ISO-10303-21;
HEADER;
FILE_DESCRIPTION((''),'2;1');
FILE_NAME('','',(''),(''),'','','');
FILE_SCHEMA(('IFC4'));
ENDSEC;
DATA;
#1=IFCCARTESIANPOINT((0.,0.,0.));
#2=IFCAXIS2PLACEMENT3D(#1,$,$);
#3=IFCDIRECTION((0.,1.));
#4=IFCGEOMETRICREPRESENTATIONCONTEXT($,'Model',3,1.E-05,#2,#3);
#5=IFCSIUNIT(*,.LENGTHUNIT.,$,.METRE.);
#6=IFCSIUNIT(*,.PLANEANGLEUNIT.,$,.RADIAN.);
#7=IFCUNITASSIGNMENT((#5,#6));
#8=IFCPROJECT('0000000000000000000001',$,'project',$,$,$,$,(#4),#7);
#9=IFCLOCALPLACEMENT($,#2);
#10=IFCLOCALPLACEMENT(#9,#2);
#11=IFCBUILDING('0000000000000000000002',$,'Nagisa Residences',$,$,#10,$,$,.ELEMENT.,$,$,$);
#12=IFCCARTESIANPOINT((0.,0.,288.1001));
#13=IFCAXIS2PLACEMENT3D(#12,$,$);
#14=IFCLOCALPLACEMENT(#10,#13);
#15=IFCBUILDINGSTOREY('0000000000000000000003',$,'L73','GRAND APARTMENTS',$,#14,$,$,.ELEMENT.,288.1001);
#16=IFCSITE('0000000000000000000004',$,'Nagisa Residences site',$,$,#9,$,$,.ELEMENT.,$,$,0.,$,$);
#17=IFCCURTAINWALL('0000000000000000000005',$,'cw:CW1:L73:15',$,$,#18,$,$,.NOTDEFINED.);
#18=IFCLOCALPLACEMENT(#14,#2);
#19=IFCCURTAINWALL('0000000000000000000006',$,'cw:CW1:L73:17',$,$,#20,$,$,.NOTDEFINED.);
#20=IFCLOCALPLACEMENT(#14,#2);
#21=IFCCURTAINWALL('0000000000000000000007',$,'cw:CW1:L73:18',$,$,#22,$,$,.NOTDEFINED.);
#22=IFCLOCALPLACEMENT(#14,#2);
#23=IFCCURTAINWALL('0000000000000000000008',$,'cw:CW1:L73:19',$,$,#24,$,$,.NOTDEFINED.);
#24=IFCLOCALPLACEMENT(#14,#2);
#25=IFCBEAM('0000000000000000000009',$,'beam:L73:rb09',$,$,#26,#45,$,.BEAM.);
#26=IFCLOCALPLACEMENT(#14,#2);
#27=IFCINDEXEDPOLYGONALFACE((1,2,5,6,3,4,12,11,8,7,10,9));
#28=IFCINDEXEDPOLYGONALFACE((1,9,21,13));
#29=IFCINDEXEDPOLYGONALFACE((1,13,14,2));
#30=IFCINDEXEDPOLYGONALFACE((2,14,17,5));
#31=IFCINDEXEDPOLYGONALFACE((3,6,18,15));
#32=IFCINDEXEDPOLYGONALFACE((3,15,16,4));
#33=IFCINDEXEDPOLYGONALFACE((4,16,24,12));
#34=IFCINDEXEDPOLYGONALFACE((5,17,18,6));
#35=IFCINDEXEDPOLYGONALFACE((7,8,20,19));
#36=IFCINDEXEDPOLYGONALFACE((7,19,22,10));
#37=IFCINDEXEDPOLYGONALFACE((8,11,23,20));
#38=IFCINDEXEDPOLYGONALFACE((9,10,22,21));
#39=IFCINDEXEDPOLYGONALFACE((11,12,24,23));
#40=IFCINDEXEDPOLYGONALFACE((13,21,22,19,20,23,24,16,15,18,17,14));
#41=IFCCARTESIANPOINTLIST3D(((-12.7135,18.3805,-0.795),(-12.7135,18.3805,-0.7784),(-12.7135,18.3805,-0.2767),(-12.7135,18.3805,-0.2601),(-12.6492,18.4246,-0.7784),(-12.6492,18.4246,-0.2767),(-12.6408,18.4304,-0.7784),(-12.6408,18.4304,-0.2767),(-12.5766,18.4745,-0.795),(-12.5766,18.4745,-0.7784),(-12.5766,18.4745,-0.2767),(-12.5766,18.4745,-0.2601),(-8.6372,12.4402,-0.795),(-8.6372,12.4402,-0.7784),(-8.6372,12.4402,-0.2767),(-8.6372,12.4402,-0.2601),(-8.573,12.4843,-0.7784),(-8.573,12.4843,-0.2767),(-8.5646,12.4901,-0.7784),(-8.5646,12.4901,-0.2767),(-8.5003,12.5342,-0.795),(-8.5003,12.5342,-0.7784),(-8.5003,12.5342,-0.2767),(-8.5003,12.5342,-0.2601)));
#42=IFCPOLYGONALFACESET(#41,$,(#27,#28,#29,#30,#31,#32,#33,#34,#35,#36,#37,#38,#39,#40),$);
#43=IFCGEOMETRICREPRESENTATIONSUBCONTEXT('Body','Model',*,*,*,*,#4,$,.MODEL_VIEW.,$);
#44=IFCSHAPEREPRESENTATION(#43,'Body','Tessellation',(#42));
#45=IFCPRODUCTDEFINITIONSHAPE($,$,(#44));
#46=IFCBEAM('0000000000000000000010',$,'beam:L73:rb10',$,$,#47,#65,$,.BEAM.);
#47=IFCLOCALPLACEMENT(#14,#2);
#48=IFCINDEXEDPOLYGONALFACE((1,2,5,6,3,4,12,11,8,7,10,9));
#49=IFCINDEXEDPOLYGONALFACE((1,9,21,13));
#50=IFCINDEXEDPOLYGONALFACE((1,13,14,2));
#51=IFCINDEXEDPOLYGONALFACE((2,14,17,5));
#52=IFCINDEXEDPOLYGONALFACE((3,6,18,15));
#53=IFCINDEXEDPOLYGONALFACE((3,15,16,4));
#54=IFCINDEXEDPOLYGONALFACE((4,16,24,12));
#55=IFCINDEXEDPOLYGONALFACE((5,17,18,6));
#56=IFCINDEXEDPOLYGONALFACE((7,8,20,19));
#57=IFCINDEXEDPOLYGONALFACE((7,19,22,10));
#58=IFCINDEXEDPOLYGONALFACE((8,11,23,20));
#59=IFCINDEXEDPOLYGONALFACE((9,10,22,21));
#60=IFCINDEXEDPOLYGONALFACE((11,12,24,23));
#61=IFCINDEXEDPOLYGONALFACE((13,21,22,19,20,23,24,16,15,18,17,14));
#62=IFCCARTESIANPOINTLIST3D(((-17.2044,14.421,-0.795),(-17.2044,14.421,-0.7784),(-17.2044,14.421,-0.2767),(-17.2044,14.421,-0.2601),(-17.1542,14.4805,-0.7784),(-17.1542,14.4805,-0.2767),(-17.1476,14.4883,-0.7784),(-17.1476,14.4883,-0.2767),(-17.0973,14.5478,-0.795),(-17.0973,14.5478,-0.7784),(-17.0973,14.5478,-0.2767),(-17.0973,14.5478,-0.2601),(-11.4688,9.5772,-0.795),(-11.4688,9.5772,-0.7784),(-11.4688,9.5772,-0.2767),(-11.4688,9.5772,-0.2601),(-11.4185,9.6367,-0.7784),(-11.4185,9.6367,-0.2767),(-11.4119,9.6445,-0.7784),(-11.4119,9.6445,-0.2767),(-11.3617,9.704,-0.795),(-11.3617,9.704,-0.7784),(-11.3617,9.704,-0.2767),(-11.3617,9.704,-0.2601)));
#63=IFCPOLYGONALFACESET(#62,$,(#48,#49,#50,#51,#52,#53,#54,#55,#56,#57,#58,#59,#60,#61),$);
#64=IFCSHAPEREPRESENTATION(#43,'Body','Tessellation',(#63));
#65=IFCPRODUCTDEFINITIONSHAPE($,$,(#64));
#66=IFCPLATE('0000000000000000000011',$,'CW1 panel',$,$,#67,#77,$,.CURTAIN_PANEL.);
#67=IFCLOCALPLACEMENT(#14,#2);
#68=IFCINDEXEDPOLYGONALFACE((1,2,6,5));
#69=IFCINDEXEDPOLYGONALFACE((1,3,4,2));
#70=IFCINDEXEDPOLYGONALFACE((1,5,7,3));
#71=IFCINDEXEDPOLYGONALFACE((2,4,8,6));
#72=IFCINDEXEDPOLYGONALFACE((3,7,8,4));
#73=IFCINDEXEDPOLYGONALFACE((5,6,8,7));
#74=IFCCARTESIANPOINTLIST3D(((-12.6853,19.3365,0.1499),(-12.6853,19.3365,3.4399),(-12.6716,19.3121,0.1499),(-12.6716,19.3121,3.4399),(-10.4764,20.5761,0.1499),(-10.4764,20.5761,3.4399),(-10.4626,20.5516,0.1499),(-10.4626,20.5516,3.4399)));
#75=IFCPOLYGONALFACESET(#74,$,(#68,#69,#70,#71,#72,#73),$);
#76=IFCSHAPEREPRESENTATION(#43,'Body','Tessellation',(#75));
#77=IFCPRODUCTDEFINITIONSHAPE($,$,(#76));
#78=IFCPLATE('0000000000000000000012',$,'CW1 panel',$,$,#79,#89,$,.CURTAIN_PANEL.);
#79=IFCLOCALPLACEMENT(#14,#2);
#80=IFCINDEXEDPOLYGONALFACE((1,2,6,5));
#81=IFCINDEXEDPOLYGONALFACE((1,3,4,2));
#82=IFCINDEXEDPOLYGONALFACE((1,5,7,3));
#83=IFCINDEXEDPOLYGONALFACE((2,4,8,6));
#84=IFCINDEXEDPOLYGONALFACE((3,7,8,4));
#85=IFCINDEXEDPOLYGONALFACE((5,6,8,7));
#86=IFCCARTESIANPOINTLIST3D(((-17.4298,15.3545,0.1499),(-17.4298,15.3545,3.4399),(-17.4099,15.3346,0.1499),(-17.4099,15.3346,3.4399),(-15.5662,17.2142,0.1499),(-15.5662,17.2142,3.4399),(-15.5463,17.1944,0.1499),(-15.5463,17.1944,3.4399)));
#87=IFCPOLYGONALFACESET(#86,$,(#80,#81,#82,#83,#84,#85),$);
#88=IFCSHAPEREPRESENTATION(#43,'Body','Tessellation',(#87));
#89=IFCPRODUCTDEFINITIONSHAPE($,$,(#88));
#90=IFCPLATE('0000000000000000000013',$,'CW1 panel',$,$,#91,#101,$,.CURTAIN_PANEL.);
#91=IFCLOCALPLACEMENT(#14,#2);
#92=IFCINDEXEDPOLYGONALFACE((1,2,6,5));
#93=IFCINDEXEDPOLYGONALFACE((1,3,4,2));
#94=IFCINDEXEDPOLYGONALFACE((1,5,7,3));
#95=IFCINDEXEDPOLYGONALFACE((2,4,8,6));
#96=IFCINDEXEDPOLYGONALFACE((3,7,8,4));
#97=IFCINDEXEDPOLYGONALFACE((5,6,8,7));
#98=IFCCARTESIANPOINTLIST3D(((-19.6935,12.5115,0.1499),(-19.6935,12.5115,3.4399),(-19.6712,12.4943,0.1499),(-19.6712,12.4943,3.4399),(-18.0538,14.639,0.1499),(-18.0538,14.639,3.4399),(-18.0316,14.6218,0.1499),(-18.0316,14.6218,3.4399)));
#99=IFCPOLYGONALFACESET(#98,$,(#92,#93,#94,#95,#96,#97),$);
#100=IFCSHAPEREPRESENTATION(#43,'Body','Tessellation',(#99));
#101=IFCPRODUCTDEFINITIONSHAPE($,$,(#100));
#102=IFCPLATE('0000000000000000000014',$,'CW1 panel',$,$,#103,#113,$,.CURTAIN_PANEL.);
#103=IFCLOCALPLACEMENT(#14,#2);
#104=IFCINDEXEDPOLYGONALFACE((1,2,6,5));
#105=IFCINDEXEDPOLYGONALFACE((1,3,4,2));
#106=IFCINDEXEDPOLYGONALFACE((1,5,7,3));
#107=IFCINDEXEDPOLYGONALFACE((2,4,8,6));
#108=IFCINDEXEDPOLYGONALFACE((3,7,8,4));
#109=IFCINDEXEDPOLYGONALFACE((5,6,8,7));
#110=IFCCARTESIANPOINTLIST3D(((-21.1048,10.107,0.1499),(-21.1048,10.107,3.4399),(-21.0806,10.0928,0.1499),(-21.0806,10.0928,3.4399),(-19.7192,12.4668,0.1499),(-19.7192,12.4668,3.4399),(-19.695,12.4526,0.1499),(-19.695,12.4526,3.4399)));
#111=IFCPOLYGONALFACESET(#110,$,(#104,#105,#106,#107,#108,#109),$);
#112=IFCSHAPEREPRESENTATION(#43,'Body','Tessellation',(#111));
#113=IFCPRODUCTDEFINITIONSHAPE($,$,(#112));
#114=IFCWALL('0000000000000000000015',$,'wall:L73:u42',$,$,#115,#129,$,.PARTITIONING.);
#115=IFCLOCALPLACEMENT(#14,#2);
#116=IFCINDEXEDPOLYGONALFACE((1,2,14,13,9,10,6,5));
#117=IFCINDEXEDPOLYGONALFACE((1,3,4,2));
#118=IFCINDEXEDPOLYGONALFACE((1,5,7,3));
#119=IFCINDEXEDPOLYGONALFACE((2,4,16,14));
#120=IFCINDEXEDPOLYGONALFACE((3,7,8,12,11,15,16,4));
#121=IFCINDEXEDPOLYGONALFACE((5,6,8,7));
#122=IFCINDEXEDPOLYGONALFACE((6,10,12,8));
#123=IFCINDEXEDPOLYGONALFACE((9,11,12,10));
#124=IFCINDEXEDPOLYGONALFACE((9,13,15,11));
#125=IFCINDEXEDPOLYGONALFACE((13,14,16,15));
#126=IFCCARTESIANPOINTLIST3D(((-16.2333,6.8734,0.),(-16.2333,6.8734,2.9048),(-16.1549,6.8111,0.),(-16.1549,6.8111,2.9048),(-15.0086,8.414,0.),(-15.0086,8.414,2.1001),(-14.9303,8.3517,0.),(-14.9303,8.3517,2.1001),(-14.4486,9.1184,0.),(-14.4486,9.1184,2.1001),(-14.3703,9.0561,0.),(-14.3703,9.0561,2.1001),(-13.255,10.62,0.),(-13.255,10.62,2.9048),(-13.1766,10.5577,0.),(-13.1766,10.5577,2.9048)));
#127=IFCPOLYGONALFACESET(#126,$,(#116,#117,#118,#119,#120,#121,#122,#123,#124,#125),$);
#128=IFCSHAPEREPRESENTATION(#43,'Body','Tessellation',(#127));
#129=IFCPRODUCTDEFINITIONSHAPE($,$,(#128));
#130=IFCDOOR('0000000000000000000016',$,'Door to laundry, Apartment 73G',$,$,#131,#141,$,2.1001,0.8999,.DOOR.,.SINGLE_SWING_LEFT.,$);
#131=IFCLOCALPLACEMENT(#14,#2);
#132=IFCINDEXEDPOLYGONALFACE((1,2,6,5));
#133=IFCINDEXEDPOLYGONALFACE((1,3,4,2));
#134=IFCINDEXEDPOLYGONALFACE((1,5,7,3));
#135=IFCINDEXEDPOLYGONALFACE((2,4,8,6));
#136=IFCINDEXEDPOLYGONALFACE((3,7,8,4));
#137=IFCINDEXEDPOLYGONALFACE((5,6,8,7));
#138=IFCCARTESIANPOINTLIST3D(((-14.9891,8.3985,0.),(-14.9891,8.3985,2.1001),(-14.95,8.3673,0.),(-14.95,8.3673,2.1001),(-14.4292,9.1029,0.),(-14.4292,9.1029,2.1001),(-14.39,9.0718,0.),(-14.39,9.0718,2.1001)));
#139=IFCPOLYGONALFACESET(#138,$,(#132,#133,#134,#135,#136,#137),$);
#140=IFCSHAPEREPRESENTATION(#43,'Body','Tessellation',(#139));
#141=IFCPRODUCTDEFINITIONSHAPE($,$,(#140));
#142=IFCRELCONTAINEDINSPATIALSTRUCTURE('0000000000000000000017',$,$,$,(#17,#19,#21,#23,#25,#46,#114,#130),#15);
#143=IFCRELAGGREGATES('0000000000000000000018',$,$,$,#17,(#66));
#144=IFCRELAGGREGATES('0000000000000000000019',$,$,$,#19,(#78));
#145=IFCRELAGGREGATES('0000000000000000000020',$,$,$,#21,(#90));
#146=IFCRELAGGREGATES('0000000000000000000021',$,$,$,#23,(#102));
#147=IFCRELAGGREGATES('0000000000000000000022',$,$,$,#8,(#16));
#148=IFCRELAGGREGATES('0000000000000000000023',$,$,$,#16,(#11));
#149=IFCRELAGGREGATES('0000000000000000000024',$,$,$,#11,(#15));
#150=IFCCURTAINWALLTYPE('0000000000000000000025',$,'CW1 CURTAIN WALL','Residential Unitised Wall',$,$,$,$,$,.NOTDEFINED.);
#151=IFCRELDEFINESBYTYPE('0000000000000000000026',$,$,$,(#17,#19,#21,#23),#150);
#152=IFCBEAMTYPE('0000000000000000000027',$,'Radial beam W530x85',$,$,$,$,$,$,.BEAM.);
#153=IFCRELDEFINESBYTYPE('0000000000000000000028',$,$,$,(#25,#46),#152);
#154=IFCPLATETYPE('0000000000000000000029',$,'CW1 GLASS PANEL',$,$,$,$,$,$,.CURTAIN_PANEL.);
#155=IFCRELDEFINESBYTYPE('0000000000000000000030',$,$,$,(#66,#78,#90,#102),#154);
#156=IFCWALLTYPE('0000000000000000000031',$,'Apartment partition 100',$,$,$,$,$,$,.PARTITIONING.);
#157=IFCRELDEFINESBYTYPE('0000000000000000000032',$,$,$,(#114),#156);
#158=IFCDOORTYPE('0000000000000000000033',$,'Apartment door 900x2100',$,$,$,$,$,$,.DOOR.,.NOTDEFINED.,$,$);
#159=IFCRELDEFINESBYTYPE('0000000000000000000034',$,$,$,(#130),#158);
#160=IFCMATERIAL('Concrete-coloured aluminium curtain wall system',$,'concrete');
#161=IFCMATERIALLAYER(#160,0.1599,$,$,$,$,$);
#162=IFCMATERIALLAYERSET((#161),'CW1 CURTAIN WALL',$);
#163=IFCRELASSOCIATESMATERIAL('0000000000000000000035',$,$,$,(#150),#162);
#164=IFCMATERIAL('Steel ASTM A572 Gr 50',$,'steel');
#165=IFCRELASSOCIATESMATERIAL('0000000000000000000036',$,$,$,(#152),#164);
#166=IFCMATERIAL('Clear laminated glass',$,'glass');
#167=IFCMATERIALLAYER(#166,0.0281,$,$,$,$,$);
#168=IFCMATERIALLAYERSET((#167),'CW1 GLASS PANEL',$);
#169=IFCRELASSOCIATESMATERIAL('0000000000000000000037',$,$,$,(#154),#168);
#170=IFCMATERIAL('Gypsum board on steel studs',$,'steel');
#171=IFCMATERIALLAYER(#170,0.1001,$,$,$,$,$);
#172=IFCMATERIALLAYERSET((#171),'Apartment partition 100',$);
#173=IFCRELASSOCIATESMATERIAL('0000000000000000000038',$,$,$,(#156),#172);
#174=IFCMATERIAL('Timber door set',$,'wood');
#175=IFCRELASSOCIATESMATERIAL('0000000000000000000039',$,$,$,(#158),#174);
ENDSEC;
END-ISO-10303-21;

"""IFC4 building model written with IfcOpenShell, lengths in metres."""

from ifc_helpers import new_model, si_unit, direction, frame, frame_2d, origin, origin_2d, place, context, subcontext, project, spatial, rectangle, i_section, extrude, material, layer, layer_set, material_profile, profile_set, type_object, element, fill, aggregate, save


model = new_model("IFC4")

# Units and contexts
model_context = context("Model", 3, precision=1e-05, world=origin(), true_north=direction((0.0, 1.0)))
body_context = subcontext(model_context, "Body", "Model", "MODEL_VIEW")
ifc_project = project(units=[si_unit("LENGTHUNIT", "METRE"), si_unit("PLANEANGLEUNIT", "RADIAN")], contexts=[model_context])

# Site, building, storey
site_placement = place(None, origin())
site = spatial("IfcSite", under=ifc_project, at=site_placement, Name="Nagisa Residences site", CompositionType="ELEMENT", RefElevation=0.0)
building_placement = place(site_placement, origin())
building = spatial("IfcBuilding", under=site, at=building_placement, Name="Nagisa Residences", CompositionType="ELEMENT")
storey_placement = place(building_placement, frame((0.0, 0.0, 288.1001)))
storey = spatial("IfcBuildingStorey", under=building, at=storey_placement, Name="L73", Description="GRAND APARTMENTS", CompositionType="ELEMENT", Elevation=288.1001)

# Curtain walls
ifc_material_1 = material(Name="Concrete-coloured aluminium curtain wall system", Category="concrete")
ifc_layer_1 = layer(ifc_material_1, 0.1599)
ifc_layer_set_1 = layer_set([ifc_layer_1], Name="CW1 CURTAIN WALL")
curtain_wall_type = type_object("IfcCurtainWallType", Name="CW1 CURTAIN WALL", Description="Residential Unitised Wall", PredefinedType="NOTDEFINED", material=ifc_layer_set_1)
curtain_wall_1_placement = place(storey_placement, origin())
curtain_wall_1 = element("IfcCurtainWall", 1, at=curtain_wall_1_placement, inside=storey, type_object=curtain_wall_type, Name="cw:CW1:L73:15", PredefinedType="NOTDEFINED")
curtain_wall_2_placement = place(storey_placement, origin())
curtain_wall_2 = element("IfcCurtainWall", 2, at=curtain_wall_2_placement, inside=storey, type_object=curtain_wall_type, Name="cw:CW1:L73:17", PredefinedType="NOTDEFINED")
curtain_wall_3_placement = place(storey_placement, origin())
curtain_wall_3 = element("IfcCurtainWall", 3, at=curtain_wall_3_placement, inside=storey, type_object=curtain_wall_type, Name="cw:CW1:L73:18", PredefinedType="NOTDEFINED")
curtain_wall_4_placement = place(storey_placement, origin())
curtain_wall_4 = element("IfcCurtainWall", 4, at=curtain_wall_4_placement, inside=storey, type_object=curtain_wall_type, Name="cw:CW1:L73:19", PredefinedType="NOTDEFINED")

# Beams
ifc_material_2 = material(Name="Steel ASTM A572 Gr 50", Category="steel")
ifc_material_profile_1 = material_profile(ifc_material_2, i_section(OverallWidth=0.166, OverallDepth=0.5349, WebThickness=0.0103, FlangeThickness=0.0166, at=origin_2d()), Name="W530x85")
ifc_profile_set_1 = profile_set([ifc_material_profile_1], Name="Steel ASTM A572 Gr 50")
beam_type_1 = type_object("IfcBeamType", Name="Radial beam W530x85", PredefinedType="BEAM", material=ifc_profile_set_1)
beam_1_placement = place(storey_placement, frame((-12.645, 18.4275, -0.5276), z_axis=(0.565802, -0.824541, 0.0), x_axis=(0.824541, 0.565802, 0.0)))
element("IfcBeam", 5, at=beam_1_placement, inside=storey, type_object=beam_type_1, Name="beam:L73:rb09", PredefinedType="BEAM", context=body_context, shape_type="SweptSolid", body=[
    extrude(i_section(OverallWidth=0.166, OverallDepth=0.5349, WebThickness=0.0103, FlangeThickness=0.0166, at=origin_2d()), origin(), (0.0, 0.0, 1.0), 7.2043),
])
beam_2_placement = place(storey_placement, frame((-17.1509, 14.4844, -0.5276), z_axis=(0.764006, -0.645209, 0.0), x_axis=(0.645209, 0.764006, 0.0)))
element("IfcBeam", 6, at=beam_2_placement, inside=storey, type_object=beam_type_1, Name="beam:L73:rb10", PredefinedType="BEAM", context=body_context, shape_type="SweptSolid", body=[
    extrude(i_section(OverallWidth=0.166, OverallDepth=0.5349, WebThickness=0.0103, FlangeThickness=0.0166, at=origin_2d()), origin(), (0.0, 0.0, 1.0), 7.5073),
])

# Plates
ifc_material_3 = material(Name="Clear laminated glass", Category="glass")
ifc_layer_2 = layer(ifc_material_3, 0.0281)
ifc_layer_set_2 = layer_set([ifc_layer_2], Name="CW1 GLASS PANEL")
plate_type = type_object("IfcPlateType", Name="CW1 GLASS PANEL", PredefinedType="CURTAIN_PANEL", material=ifc_layer_set_2)
plate_1_placement = place(storey_placement, frame((-11.574, 19.9441, 0.1499), z_axis=(0.0, 0.0, 1.0), x_axis=(-0.872072, -0.489377, 0.0)))
plate_1 = element("IfcPlate", 7, at=plate_1_placement, type_object=plate_type, Name="CW1 panel", PredefinedType="CURTAIN_PANEL", context=body_context, shape_type="SweptSolid", body=[
    extrude(rectangle(XDim=2.533, YDim=0.0281, at=origin_2d()), origin(), (0.0, 0.0, 1.0), 3.29),
])
aggregate(curtain_wall_1, [plate_1])
plate_2_placement = place(storey_placement, frame((-16.488, 16.2744, 0.1499), z_axis=(0.0, 0.0, 1.0), x_axis=(-0.707836, -0.706377, 0.0)))
plate_2 = element("IfcPlate", 8, at=plate_2_placement, type_object=plate_type, Name="CW1 panel", PredefinedType="CURTAIN_PANEL", context=body_context, shape_type="SweptSolid", body=[
    extrude(rectangle(XDim=2.6328, YDim=0.0281, at=origin_2d()), origin(), (0.0, 0.0, 1.0), 3.29),
])
aggregate(curtain_wall_2, [plate_2])
plate_3_placement = place(storey_placement, frame((-18.8625, 13.5667, 0.1499), z_axis=(0.0, 0.0, 1.0), x_axis=(-0.61043, -0.79207, 0.0)))
plate_3 = element("IfcPlate", 9, at=plate_3_placement, type_object=plate_type, Name="CW1 panel", PredefinedType="CURTAIN_PANEL", context=body_context, shape_type="SweptSolid", body=[
    extrude(rectangle(XDim=2.686, YDim=0.0281, at=origin_2d()), origin(), (0.0, 0.0, 1.0), 3.29),
])
aggregate(curtain_wall_3, [plate_3])
plate_4_placement = place(storey_placement, frame((-20.3999, 11.2798, 0.1499), z_axis=(0.0, 0.0, 1.0), x_axis=(-0.506349, -0.862329, 0.0)))
plate_4 = element("IfcPlate", 10, at=plate_4_placement, type_object=plate_type, Name="CW1 panel", PredefinedType="CURTAIN_PANEL", context=body_context, shape_type="SweptSolid", body=[
    extrude(rectangle(XDim=2.7366, YDim=0.0281, at=origin_2d()), origin(), (0.0, 0.0, 1.0), 3.29),
])
aggregate(curtain_wall_4, [plate_4])

# Wall, opening, door
ifc_material_4 = material(Name="Gypsum board on steel studs", Category="steel")
ifc_layer_3 = layer(ifc_material_4, 0.1001)
ifc_layer_set_3 = layer_set([ifc_layer_3], Name="Apartment partition 100")
wall_type_1 = type_object("IfcWallType", Name="Apartment partition 100", PredefinedType="PARTITIONING", material=ifc_layer_set_3)
wall_1_placement = place(storey_placement, frame((-13.2158, 10.5889, 0.0), z_axis=(0.0, 0.0, 1.0), x_axis=(-0.622272, -0.782801, 0.0)))
wall_1 = element("IfcWall", 11, at=wall_1_placement, inside=storey, type_object=wall_type_1, Name="wall:L73:u42", PredefinedType="PARTITIONING", context=body_context, shape_type="SweptSolid", body=[
    extrude(rectangle(XDim=4.7861, YDim=0.1001, at=frame_2d((2.3931, 0.0))), origin(), (0.0, 0.0, 1.0), 2.9048),
])
opening_1_placement = place(wall_1_placement, frame((1.9182, 0.0, 0.0)))
opening_1 = element("IfcOpeningElement", 12, at=opening_1_placement, cuts=wall_1, PredefinedType="OPENING", context=body_context, shape_type="SweptSolid", body=[
    extrude(rectangle(XDim=0.8999, YDim=2.1001, at=frame_2d((0.45, 1.05))), frame((0.0, 0.0601, 0.0), z_axis=(0.0, -1.0, 0.0), x_axis=(1.0, 0.0, 0.0)), (0.0, 0.0, 1.0), 0.1201),
])
ifc_material_5 = material(Name="Timber door set", Category="wood")
door_type_1 = type_object("IfcDoorType", Name="Apartment door 900x2100", OperationType="NOTDEFINED", PredefinedType="DOOR", material=ifc_material_5)
door_1_placement = place(opening_1_placement, origin())
door_1 = element("IfcDoor", 13, at=door_1_placement, inside=storey, type_object=door_type_1, Name="Door to laundry, Apartment 73G", OperationType="SINGLE_SWING_LEFT", OverallHeight=2.1001, OverallWidth=0.8999, PredefinedType="DOOR", context=body_context, shape_type="SweptSolid", body=[
    extrude(rectangle(XDim=0.8999, YDim=2.1001, at=frame_2d((0.45, 1.05))), frame((0.0, 0.0249, 0.0), z_axis=(0.0, -1.0, 0.0), x_axis=(1.0, 0.0, 0.0)), (0.0, 0.0, 1.0), 0.05),
])
fill(opening_1, door_1)

save(model, "model.ifc")
